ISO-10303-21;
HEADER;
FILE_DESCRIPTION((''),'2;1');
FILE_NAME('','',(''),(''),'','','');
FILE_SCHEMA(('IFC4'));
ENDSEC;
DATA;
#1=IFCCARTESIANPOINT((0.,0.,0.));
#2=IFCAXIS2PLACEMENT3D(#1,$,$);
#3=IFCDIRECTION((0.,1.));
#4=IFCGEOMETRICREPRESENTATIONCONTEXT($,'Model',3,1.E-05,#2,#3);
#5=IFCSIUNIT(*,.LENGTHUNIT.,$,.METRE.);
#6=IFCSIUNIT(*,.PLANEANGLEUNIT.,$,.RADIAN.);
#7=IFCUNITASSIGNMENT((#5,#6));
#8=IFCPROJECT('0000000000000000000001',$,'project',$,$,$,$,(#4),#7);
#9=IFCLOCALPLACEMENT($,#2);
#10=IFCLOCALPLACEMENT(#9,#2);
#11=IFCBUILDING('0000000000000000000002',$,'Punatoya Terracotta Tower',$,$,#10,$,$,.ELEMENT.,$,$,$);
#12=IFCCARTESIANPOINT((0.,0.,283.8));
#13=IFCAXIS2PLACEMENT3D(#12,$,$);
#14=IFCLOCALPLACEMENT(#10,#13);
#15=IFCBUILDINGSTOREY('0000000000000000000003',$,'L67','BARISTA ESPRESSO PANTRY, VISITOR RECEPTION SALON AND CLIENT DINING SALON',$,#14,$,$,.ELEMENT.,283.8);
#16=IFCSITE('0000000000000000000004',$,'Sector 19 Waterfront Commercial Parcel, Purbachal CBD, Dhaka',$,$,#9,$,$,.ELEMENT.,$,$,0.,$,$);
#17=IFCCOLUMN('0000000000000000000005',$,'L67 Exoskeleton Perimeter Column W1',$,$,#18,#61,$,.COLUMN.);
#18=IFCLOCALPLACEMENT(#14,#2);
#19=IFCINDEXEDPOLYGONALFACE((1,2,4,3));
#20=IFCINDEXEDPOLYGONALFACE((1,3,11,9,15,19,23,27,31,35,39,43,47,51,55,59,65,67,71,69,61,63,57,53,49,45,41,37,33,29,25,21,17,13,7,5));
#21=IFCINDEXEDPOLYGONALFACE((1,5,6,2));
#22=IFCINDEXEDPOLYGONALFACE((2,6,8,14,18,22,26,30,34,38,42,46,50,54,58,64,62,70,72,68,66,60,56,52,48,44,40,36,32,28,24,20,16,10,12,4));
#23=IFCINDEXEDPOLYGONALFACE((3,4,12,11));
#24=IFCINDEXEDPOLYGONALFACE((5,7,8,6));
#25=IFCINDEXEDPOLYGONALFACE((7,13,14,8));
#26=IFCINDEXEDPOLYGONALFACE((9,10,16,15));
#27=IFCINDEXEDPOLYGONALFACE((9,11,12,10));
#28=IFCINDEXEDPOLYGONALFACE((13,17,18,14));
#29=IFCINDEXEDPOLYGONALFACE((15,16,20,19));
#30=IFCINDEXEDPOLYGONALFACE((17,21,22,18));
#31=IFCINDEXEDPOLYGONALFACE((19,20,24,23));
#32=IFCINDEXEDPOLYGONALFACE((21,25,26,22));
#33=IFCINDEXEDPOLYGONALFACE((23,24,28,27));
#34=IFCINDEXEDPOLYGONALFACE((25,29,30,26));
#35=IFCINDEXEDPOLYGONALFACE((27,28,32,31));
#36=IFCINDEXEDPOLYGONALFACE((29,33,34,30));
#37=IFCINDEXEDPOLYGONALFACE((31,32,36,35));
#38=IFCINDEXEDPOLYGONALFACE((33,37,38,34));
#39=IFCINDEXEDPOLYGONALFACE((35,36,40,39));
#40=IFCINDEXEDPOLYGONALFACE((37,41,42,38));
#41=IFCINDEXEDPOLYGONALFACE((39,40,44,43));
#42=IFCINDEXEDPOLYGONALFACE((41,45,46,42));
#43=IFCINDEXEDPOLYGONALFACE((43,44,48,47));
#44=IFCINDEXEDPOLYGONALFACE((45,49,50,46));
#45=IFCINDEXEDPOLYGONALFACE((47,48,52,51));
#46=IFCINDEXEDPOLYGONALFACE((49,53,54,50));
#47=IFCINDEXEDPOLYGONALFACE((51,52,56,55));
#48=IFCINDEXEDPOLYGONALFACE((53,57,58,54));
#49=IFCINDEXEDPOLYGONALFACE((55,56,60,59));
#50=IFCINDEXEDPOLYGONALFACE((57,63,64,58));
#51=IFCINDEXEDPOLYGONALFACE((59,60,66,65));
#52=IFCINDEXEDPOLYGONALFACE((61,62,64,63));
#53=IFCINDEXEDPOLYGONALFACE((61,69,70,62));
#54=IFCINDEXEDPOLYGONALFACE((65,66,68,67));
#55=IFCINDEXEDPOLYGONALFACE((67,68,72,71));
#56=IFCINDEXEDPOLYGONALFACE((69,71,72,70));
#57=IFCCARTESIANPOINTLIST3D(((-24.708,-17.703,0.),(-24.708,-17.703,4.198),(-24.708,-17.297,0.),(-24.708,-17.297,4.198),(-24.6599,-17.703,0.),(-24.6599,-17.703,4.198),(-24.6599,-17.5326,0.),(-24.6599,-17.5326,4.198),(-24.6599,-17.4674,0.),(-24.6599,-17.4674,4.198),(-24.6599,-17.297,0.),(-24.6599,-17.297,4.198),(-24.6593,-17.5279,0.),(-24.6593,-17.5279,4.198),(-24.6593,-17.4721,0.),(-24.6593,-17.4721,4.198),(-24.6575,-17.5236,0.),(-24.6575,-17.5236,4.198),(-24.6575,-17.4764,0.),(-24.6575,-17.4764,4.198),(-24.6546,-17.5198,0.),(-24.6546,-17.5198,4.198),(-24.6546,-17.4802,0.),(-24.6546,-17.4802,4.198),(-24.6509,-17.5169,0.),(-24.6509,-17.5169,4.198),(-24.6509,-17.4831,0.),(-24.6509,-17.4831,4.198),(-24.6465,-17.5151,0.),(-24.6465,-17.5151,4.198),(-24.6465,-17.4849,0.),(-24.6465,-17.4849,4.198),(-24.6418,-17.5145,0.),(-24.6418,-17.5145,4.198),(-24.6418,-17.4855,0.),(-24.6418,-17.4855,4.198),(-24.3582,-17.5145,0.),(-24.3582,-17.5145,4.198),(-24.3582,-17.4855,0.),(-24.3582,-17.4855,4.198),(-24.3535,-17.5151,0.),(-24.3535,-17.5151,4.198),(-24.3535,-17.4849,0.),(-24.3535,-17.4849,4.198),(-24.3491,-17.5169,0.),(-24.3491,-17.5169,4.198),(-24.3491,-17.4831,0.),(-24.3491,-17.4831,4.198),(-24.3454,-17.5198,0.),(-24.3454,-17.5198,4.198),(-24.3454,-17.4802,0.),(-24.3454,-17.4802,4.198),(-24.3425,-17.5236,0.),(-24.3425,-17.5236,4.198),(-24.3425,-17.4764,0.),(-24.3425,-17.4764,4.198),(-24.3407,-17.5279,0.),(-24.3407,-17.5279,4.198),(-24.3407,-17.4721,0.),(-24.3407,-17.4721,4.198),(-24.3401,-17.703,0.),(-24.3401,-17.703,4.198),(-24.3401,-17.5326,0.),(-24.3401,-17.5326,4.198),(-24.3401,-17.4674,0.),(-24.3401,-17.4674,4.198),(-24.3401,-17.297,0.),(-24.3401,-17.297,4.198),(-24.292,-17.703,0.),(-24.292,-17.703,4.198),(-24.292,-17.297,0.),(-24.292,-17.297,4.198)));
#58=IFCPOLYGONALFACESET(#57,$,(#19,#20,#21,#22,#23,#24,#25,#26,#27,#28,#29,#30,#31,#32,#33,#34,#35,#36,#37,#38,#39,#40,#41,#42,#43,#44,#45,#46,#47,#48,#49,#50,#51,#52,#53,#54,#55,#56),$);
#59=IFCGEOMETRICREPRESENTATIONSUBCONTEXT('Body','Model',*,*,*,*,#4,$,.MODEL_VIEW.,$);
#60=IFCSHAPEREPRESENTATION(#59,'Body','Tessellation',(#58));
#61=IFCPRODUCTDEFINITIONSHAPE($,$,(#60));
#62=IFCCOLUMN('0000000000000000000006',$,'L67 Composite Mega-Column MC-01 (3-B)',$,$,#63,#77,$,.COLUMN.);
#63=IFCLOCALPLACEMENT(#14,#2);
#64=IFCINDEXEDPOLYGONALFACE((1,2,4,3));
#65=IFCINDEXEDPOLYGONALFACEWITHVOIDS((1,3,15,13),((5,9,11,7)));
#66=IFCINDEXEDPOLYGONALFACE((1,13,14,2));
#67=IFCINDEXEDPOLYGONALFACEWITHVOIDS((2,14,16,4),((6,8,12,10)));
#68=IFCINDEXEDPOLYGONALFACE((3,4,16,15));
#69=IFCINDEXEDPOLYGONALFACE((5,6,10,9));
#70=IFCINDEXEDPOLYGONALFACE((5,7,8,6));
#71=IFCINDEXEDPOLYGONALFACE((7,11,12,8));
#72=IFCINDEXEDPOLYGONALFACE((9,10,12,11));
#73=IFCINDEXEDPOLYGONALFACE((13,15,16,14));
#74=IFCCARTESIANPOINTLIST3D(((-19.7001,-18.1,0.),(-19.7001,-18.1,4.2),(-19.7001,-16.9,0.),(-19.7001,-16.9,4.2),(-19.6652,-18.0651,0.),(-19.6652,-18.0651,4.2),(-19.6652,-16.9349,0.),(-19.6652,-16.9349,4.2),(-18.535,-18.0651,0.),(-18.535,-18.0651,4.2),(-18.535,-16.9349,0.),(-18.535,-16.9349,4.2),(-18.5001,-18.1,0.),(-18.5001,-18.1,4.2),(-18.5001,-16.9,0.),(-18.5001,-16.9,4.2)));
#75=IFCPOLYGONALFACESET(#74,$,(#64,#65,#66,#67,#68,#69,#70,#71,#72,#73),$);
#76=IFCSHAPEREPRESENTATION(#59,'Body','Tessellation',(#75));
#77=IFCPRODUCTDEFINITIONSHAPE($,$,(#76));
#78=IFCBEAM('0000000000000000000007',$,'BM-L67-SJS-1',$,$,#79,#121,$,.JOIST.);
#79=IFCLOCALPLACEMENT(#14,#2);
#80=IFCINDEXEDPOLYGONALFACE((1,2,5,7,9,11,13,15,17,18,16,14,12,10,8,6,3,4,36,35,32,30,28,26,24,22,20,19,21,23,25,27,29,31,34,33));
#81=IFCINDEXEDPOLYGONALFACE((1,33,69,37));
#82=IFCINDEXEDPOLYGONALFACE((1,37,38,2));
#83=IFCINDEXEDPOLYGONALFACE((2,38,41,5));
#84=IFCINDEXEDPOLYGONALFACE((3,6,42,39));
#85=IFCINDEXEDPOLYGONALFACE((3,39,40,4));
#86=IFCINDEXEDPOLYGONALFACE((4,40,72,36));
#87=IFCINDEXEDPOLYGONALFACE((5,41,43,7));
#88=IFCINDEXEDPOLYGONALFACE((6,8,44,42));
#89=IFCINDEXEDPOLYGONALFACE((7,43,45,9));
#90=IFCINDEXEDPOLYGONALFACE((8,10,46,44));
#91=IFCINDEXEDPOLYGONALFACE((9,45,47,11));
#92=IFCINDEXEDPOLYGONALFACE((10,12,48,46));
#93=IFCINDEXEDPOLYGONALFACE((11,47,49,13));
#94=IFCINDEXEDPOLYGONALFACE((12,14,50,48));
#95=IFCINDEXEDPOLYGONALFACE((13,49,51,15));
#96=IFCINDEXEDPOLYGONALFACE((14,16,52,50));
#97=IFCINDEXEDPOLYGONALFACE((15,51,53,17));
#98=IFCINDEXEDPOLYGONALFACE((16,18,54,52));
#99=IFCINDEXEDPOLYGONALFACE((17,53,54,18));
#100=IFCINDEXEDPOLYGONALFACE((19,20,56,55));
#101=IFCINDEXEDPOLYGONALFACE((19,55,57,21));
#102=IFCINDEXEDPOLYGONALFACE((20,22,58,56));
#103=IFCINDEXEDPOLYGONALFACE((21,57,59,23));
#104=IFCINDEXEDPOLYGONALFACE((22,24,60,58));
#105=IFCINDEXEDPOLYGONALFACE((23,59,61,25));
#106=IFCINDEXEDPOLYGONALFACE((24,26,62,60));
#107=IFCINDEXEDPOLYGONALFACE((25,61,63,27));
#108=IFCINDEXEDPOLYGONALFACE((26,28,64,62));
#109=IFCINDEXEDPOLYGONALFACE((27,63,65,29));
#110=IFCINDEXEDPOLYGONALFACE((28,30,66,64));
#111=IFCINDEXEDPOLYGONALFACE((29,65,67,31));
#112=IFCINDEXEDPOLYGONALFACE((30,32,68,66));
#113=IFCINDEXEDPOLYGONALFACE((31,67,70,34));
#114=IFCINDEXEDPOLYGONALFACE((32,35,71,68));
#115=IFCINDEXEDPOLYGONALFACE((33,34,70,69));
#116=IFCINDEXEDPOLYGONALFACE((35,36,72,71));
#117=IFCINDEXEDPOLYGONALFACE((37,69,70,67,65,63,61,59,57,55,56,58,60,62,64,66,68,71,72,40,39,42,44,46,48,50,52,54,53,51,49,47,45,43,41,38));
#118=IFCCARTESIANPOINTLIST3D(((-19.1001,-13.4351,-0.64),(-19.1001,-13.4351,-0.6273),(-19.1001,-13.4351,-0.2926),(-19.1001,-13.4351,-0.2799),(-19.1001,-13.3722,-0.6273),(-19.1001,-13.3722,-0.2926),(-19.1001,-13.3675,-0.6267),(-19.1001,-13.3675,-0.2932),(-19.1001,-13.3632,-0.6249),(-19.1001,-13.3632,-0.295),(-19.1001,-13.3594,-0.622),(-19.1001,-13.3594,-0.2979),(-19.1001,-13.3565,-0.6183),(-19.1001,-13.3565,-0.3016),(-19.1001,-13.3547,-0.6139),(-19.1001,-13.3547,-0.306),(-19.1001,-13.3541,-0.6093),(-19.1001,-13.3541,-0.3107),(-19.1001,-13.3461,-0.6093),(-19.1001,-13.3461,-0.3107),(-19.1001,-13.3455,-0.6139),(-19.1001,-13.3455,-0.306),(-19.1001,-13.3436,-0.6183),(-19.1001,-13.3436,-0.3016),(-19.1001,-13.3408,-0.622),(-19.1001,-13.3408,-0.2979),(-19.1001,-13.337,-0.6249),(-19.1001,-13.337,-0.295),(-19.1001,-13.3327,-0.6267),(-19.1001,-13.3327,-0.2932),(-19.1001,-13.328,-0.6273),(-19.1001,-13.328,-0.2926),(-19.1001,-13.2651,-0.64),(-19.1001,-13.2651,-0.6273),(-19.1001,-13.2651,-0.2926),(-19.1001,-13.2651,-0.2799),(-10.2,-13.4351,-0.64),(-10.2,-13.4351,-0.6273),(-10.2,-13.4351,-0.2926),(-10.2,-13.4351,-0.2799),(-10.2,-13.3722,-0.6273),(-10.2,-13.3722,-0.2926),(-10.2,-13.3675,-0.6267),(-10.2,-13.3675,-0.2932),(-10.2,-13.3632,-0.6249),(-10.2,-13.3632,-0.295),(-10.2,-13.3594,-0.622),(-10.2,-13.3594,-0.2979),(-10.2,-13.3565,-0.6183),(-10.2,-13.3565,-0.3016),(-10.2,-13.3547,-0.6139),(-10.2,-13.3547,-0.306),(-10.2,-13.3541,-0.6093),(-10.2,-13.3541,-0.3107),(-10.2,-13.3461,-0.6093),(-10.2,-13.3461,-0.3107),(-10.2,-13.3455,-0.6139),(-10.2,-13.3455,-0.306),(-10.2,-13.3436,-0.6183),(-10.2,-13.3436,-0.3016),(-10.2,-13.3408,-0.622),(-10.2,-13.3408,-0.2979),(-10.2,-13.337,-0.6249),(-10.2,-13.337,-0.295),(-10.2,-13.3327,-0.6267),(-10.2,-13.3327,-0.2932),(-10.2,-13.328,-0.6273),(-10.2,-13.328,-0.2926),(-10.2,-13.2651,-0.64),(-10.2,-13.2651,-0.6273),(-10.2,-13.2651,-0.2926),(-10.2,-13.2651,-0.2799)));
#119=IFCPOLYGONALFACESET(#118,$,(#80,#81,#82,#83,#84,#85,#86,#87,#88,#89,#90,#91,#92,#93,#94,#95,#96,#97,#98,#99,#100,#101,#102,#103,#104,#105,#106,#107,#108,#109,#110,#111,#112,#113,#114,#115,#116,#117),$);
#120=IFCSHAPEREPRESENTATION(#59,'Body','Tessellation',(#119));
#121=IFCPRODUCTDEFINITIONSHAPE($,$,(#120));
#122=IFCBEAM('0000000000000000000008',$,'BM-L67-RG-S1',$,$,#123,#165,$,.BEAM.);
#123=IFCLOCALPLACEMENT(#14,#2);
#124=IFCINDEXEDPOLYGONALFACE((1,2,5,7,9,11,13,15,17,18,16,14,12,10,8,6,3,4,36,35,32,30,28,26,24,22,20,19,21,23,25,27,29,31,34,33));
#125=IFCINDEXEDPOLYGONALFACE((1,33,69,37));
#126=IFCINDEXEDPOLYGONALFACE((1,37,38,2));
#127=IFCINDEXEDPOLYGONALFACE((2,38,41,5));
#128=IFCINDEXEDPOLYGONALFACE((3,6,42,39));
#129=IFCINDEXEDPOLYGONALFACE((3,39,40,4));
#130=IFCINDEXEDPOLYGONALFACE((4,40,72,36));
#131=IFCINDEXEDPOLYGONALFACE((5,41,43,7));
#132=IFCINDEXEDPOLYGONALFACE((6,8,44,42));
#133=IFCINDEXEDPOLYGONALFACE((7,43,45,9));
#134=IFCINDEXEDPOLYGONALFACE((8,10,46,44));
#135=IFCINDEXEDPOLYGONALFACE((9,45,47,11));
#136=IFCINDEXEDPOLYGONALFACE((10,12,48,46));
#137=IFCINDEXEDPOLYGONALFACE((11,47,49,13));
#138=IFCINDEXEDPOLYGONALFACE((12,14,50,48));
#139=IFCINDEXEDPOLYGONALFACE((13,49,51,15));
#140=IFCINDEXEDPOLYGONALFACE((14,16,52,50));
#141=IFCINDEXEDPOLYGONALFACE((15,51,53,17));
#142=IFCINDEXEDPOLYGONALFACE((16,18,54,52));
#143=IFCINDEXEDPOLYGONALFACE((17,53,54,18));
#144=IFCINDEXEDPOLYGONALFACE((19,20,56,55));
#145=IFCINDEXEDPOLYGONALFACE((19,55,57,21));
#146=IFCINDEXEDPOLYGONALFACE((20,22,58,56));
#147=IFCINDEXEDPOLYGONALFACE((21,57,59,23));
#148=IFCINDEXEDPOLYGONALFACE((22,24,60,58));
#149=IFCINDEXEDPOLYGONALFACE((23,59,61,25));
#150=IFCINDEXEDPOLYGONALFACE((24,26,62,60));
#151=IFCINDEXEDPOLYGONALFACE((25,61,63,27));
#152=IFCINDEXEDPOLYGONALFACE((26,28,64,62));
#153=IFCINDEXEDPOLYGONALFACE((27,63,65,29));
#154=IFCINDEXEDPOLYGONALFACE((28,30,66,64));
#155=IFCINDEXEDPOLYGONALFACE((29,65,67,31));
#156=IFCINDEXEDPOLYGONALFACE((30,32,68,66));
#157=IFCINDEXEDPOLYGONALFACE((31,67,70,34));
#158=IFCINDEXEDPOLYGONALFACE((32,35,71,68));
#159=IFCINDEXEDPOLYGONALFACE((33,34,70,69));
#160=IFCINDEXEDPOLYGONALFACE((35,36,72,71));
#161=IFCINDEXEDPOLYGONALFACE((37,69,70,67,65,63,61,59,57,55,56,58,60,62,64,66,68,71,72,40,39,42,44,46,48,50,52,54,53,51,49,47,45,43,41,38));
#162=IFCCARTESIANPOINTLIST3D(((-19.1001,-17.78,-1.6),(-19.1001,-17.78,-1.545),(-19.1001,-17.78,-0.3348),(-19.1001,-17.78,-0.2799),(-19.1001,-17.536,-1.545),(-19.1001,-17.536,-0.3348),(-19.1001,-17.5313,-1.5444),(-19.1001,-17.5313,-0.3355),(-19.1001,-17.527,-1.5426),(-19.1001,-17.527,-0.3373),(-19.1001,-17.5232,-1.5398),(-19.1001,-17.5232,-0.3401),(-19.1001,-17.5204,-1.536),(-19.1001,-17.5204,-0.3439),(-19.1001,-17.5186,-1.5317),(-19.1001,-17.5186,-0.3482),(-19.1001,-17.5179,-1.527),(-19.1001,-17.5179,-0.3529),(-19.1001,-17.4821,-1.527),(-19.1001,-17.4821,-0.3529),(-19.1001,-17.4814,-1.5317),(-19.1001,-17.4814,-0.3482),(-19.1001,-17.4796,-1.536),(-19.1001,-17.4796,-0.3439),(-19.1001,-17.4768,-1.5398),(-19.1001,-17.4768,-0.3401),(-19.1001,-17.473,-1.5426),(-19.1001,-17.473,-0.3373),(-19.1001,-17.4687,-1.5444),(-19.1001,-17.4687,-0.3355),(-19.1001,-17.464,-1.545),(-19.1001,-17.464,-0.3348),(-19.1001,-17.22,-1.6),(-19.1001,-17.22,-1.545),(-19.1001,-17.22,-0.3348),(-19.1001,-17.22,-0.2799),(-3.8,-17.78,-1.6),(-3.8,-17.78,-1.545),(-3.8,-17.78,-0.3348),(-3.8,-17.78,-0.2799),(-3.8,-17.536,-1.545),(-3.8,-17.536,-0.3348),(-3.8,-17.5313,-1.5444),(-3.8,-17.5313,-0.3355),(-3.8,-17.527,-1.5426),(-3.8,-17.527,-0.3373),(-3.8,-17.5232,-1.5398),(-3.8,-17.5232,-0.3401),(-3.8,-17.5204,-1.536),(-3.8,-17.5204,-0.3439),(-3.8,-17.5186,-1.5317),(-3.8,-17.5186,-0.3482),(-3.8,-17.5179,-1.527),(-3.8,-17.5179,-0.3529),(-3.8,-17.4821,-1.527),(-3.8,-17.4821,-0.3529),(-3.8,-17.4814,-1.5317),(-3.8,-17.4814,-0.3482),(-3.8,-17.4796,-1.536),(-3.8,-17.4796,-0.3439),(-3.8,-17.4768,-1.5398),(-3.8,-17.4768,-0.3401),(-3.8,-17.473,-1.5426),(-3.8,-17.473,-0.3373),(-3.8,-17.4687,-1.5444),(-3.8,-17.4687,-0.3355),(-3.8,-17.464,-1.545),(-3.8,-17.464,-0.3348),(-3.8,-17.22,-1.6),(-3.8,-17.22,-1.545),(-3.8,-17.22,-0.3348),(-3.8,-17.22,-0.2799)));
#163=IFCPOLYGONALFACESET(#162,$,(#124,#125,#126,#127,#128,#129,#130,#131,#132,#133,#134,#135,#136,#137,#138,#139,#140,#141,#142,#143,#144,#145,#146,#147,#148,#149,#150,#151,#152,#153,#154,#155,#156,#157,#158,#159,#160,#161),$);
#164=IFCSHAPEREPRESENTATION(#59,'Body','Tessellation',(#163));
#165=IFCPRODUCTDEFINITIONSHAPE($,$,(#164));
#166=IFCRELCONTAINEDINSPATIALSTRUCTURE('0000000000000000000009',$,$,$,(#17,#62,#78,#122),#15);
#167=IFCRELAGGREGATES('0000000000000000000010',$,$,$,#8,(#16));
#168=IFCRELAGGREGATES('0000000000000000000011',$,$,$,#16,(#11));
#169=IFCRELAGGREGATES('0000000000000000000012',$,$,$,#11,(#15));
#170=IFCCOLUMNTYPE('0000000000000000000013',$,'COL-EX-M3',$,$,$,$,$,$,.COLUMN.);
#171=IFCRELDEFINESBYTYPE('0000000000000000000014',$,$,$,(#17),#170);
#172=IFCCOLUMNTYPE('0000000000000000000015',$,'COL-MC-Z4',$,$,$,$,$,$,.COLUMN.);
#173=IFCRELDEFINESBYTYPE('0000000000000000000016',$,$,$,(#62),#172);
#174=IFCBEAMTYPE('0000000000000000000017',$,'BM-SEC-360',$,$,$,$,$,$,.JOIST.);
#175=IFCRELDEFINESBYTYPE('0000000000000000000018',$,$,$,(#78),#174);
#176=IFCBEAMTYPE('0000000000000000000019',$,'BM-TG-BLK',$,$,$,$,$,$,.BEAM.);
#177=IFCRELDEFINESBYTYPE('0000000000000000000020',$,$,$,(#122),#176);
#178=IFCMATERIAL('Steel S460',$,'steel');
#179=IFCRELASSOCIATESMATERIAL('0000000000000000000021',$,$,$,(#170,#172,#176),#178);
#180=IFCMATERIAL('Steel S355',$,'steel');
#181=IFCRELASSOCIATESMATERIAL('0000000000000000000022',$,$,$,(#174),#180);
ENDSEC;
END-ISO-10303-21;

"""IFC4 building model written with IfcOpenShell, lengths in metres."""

from ifc_helpers import new_model, si_unit, direction, frame, origin, origin_2d, place, context, subcontext, project, spatial, hollow_rectangle, i_section, extrude, material, material_profile, profile_set, type_object, element, save


model = new_model("IFC4")

# Units and contexts
model_context = context("Model", 3, precision=1e-05, world=origin(), true_north=direction((0.0, 1.0)))
body_context = subcontext(model_context, "Body", "Model", "MODEL_VIEW")
ifc_project = project(units=[si_unit("LENGTHUNIT", "METRE"), si_unit("PLANEANGLEUNIT", "RADIAN")], contexts=[model_context])

# Site, building, storey
site_placement = place(None, origin())
site = spatial("IfcSite", under=ifc_project, at=site_placement, Name="Sector 19 Waterfront Commercial Parcel, Purbachal CBD, Dhaka", CompositionType="ELEMENT", RefElevation=0.0)
building_placement = place(site_placement, origin())
building = spatial("IfcBuilding", under=site, at=building_placement, Name="Punatoya Terracotta Tower", CompositionType="ELEMENT")
storey_placement = place(building_placement, frame((0.0, 0.0, 283.8)))
storey = spatial("IfcBuildingStorey", under=building, at=storey_placement, Name="L67", Description="BARISTA ESPRESSO PANTRY, VISITOR RECEPTION SALON AND CLIENT DINING SALON", CompositionType="ELEMENT", Elevation=283.8)

# Columns
ifc_material_1 = material(Name="Steel S460", Category="steel")
ifc_material_profile_1 = material_profile(ifc_material_1, i_section(OverallWidth=0.406, OverallDepth=0.416, WebThickness=0.0291, FlangeThickness=0.0481, FilletRadius=0.0181, at=origin_2d()))
ifc_profile_set_1 = profile_set([ifc_material_profile_1], Name="Steel S460")
column_type_1 = type_object("IfcColumnType", Name="COL-EX-M3", PredefinedType="COLUMN", material=ifc_profile_set_1)
column_1_placement = place(storey_placement, frame((-24.5, -17.5, 0.0), z_axis=(0.0, 0.0, 1.0), x_axis=(0.0, 1.0, 0.0)))
element("IfcColumn", 1, at=column_1_placement, inside=storey, type_object=column_type_1, Name="L67 Exoskeleton Perimeter Column W1", PredefinedType="COLUMN", context=body_context, shape_type="SweptSolid", body=[
    extrude(i_section(OverallWidth=0.406, OverallDepth=0.416, WebThickness=0.0291, FlangeThickness=0.0481, FilletRadius=0.0181, at=origin_2d()), origin(), (0.0, 0.0, 1.0), 4.198),
])
ifc_material_profile_2 = material_profile(ifc_material_1, hollow_rectangle(XDim=1.2, YDim=1.2, WallThickness=0.0349, at=origin_2d()))
ifc_profile_set_2 = profile_set([ifc_material_profile_2], Name="Steel S460")
column_type_2 = type_object("IfcColumnType", Name="COL-MC-Z4", PredefinedType="COLUMN", material=ifc_profile_set_2)
column_2_placement = place(storey_placement, frame((-19.1001, -17.5, 0.0), z_axis=(0.0, 0.0, 1.0), x_axis=(1.0, 0.0, 0.0)))
element("IfcColumn", 2, at=column_2_placement, inside=storey, type_object=column_type_2, Name="L67 Composite Mega-Column MC-01 (3-B)", PredefinedType="COLUMN", context=body_context, shape_type="SweptSolid", body=[
    extrude(hollow_rectangle(XDim=1.2, YDim=1.2, WallThickness=0.0349, at=origin_2d()), origin(), (0.0, 0.0, 1.0), 4.2),
])

# Beams
ifc_material_2 = material(Name="Steel S355", Category="steel")
ifc_material_profile_3 = material_profile(ifc_material_2, i_section(OverallWidth=0.1699, OverallDepth=0.3601, WebThickness=0.0081, FlangeThickness=0.0127, FilletRadius=0.0181, at=origin_2d()))
ifc_profile_set_3 = profile_set([ifc_material_profile_3], Name="Steel S355")
beam_type_1 = type_object("IfcBeamType", Name="BM-SEC-360", PredefinedType="JOIST", material=ifc_profile_set_3)
beam_1_placement = place(storey_placement, frame((-19.1001, -13.3501, -0.46), z_axis=(1.0, 0.0, 0.0), x_axis=(0.0, 1.0, 0.0)))
element("IfcBeam", 3, at=beam_1_placement, inside=storey, type_object=beam_type_1, Name="BM-L67-SJS-1", PredefinedType="JOIST", context=body_context, shape_type="SweptSolid", body=[
    extrude(i_section(OverallWidth=0.1699, OverallDepth=0.3601, WebThickness=0.0081, FlangeThickness=0.0127, FilletRadius=0.0181, at=origin_2d()), origin(), (0.0, 0.0, 1.0), 8.9001),
])
ifc_material_profile_4 = material_profile(ifc_material_1, i_section(OverallWidth=0.5601, OverallDepth=1.3201, WebThickness=0.0359, FlangeThickness=0.0549, FilletRadius=0.0181, at=origin_2d()))
ifc_profile_set_4 = profile_set([ifc_material_profile_4], Name="Steel S460")
beam_type_2 = type_object("IfcBeamType", Name="BM-TG-BLK", PredefinedType="BEAM", material=ifc_profile_set_4)
beam_2_placement = place(storey_placement, frame((-19.1001, -17.5, -0.9399), z_axis=(1.0, 0.0, 0.0), x_axis=(0.0, 1.0, 0.0)))
element("IfcBeam", 4, at=beam_2_placement, inside=storey, type_object=beam_type_2, Name="BM-L67-RG-S1", PredefinedType="BEAM", context=body_context, shape_type="SweptSolid", body=[
    extrude(i_section(OverallWidth=0.5601, OverallDepth=1.3201, WebThickness=0.0359, FlangeThickness=0.0549, FilletRadius=0.0181, at=origin_2d()), origin(), (0.0, 0.0, 1.0), 15.3),
])

save(model, "model.ifc")
